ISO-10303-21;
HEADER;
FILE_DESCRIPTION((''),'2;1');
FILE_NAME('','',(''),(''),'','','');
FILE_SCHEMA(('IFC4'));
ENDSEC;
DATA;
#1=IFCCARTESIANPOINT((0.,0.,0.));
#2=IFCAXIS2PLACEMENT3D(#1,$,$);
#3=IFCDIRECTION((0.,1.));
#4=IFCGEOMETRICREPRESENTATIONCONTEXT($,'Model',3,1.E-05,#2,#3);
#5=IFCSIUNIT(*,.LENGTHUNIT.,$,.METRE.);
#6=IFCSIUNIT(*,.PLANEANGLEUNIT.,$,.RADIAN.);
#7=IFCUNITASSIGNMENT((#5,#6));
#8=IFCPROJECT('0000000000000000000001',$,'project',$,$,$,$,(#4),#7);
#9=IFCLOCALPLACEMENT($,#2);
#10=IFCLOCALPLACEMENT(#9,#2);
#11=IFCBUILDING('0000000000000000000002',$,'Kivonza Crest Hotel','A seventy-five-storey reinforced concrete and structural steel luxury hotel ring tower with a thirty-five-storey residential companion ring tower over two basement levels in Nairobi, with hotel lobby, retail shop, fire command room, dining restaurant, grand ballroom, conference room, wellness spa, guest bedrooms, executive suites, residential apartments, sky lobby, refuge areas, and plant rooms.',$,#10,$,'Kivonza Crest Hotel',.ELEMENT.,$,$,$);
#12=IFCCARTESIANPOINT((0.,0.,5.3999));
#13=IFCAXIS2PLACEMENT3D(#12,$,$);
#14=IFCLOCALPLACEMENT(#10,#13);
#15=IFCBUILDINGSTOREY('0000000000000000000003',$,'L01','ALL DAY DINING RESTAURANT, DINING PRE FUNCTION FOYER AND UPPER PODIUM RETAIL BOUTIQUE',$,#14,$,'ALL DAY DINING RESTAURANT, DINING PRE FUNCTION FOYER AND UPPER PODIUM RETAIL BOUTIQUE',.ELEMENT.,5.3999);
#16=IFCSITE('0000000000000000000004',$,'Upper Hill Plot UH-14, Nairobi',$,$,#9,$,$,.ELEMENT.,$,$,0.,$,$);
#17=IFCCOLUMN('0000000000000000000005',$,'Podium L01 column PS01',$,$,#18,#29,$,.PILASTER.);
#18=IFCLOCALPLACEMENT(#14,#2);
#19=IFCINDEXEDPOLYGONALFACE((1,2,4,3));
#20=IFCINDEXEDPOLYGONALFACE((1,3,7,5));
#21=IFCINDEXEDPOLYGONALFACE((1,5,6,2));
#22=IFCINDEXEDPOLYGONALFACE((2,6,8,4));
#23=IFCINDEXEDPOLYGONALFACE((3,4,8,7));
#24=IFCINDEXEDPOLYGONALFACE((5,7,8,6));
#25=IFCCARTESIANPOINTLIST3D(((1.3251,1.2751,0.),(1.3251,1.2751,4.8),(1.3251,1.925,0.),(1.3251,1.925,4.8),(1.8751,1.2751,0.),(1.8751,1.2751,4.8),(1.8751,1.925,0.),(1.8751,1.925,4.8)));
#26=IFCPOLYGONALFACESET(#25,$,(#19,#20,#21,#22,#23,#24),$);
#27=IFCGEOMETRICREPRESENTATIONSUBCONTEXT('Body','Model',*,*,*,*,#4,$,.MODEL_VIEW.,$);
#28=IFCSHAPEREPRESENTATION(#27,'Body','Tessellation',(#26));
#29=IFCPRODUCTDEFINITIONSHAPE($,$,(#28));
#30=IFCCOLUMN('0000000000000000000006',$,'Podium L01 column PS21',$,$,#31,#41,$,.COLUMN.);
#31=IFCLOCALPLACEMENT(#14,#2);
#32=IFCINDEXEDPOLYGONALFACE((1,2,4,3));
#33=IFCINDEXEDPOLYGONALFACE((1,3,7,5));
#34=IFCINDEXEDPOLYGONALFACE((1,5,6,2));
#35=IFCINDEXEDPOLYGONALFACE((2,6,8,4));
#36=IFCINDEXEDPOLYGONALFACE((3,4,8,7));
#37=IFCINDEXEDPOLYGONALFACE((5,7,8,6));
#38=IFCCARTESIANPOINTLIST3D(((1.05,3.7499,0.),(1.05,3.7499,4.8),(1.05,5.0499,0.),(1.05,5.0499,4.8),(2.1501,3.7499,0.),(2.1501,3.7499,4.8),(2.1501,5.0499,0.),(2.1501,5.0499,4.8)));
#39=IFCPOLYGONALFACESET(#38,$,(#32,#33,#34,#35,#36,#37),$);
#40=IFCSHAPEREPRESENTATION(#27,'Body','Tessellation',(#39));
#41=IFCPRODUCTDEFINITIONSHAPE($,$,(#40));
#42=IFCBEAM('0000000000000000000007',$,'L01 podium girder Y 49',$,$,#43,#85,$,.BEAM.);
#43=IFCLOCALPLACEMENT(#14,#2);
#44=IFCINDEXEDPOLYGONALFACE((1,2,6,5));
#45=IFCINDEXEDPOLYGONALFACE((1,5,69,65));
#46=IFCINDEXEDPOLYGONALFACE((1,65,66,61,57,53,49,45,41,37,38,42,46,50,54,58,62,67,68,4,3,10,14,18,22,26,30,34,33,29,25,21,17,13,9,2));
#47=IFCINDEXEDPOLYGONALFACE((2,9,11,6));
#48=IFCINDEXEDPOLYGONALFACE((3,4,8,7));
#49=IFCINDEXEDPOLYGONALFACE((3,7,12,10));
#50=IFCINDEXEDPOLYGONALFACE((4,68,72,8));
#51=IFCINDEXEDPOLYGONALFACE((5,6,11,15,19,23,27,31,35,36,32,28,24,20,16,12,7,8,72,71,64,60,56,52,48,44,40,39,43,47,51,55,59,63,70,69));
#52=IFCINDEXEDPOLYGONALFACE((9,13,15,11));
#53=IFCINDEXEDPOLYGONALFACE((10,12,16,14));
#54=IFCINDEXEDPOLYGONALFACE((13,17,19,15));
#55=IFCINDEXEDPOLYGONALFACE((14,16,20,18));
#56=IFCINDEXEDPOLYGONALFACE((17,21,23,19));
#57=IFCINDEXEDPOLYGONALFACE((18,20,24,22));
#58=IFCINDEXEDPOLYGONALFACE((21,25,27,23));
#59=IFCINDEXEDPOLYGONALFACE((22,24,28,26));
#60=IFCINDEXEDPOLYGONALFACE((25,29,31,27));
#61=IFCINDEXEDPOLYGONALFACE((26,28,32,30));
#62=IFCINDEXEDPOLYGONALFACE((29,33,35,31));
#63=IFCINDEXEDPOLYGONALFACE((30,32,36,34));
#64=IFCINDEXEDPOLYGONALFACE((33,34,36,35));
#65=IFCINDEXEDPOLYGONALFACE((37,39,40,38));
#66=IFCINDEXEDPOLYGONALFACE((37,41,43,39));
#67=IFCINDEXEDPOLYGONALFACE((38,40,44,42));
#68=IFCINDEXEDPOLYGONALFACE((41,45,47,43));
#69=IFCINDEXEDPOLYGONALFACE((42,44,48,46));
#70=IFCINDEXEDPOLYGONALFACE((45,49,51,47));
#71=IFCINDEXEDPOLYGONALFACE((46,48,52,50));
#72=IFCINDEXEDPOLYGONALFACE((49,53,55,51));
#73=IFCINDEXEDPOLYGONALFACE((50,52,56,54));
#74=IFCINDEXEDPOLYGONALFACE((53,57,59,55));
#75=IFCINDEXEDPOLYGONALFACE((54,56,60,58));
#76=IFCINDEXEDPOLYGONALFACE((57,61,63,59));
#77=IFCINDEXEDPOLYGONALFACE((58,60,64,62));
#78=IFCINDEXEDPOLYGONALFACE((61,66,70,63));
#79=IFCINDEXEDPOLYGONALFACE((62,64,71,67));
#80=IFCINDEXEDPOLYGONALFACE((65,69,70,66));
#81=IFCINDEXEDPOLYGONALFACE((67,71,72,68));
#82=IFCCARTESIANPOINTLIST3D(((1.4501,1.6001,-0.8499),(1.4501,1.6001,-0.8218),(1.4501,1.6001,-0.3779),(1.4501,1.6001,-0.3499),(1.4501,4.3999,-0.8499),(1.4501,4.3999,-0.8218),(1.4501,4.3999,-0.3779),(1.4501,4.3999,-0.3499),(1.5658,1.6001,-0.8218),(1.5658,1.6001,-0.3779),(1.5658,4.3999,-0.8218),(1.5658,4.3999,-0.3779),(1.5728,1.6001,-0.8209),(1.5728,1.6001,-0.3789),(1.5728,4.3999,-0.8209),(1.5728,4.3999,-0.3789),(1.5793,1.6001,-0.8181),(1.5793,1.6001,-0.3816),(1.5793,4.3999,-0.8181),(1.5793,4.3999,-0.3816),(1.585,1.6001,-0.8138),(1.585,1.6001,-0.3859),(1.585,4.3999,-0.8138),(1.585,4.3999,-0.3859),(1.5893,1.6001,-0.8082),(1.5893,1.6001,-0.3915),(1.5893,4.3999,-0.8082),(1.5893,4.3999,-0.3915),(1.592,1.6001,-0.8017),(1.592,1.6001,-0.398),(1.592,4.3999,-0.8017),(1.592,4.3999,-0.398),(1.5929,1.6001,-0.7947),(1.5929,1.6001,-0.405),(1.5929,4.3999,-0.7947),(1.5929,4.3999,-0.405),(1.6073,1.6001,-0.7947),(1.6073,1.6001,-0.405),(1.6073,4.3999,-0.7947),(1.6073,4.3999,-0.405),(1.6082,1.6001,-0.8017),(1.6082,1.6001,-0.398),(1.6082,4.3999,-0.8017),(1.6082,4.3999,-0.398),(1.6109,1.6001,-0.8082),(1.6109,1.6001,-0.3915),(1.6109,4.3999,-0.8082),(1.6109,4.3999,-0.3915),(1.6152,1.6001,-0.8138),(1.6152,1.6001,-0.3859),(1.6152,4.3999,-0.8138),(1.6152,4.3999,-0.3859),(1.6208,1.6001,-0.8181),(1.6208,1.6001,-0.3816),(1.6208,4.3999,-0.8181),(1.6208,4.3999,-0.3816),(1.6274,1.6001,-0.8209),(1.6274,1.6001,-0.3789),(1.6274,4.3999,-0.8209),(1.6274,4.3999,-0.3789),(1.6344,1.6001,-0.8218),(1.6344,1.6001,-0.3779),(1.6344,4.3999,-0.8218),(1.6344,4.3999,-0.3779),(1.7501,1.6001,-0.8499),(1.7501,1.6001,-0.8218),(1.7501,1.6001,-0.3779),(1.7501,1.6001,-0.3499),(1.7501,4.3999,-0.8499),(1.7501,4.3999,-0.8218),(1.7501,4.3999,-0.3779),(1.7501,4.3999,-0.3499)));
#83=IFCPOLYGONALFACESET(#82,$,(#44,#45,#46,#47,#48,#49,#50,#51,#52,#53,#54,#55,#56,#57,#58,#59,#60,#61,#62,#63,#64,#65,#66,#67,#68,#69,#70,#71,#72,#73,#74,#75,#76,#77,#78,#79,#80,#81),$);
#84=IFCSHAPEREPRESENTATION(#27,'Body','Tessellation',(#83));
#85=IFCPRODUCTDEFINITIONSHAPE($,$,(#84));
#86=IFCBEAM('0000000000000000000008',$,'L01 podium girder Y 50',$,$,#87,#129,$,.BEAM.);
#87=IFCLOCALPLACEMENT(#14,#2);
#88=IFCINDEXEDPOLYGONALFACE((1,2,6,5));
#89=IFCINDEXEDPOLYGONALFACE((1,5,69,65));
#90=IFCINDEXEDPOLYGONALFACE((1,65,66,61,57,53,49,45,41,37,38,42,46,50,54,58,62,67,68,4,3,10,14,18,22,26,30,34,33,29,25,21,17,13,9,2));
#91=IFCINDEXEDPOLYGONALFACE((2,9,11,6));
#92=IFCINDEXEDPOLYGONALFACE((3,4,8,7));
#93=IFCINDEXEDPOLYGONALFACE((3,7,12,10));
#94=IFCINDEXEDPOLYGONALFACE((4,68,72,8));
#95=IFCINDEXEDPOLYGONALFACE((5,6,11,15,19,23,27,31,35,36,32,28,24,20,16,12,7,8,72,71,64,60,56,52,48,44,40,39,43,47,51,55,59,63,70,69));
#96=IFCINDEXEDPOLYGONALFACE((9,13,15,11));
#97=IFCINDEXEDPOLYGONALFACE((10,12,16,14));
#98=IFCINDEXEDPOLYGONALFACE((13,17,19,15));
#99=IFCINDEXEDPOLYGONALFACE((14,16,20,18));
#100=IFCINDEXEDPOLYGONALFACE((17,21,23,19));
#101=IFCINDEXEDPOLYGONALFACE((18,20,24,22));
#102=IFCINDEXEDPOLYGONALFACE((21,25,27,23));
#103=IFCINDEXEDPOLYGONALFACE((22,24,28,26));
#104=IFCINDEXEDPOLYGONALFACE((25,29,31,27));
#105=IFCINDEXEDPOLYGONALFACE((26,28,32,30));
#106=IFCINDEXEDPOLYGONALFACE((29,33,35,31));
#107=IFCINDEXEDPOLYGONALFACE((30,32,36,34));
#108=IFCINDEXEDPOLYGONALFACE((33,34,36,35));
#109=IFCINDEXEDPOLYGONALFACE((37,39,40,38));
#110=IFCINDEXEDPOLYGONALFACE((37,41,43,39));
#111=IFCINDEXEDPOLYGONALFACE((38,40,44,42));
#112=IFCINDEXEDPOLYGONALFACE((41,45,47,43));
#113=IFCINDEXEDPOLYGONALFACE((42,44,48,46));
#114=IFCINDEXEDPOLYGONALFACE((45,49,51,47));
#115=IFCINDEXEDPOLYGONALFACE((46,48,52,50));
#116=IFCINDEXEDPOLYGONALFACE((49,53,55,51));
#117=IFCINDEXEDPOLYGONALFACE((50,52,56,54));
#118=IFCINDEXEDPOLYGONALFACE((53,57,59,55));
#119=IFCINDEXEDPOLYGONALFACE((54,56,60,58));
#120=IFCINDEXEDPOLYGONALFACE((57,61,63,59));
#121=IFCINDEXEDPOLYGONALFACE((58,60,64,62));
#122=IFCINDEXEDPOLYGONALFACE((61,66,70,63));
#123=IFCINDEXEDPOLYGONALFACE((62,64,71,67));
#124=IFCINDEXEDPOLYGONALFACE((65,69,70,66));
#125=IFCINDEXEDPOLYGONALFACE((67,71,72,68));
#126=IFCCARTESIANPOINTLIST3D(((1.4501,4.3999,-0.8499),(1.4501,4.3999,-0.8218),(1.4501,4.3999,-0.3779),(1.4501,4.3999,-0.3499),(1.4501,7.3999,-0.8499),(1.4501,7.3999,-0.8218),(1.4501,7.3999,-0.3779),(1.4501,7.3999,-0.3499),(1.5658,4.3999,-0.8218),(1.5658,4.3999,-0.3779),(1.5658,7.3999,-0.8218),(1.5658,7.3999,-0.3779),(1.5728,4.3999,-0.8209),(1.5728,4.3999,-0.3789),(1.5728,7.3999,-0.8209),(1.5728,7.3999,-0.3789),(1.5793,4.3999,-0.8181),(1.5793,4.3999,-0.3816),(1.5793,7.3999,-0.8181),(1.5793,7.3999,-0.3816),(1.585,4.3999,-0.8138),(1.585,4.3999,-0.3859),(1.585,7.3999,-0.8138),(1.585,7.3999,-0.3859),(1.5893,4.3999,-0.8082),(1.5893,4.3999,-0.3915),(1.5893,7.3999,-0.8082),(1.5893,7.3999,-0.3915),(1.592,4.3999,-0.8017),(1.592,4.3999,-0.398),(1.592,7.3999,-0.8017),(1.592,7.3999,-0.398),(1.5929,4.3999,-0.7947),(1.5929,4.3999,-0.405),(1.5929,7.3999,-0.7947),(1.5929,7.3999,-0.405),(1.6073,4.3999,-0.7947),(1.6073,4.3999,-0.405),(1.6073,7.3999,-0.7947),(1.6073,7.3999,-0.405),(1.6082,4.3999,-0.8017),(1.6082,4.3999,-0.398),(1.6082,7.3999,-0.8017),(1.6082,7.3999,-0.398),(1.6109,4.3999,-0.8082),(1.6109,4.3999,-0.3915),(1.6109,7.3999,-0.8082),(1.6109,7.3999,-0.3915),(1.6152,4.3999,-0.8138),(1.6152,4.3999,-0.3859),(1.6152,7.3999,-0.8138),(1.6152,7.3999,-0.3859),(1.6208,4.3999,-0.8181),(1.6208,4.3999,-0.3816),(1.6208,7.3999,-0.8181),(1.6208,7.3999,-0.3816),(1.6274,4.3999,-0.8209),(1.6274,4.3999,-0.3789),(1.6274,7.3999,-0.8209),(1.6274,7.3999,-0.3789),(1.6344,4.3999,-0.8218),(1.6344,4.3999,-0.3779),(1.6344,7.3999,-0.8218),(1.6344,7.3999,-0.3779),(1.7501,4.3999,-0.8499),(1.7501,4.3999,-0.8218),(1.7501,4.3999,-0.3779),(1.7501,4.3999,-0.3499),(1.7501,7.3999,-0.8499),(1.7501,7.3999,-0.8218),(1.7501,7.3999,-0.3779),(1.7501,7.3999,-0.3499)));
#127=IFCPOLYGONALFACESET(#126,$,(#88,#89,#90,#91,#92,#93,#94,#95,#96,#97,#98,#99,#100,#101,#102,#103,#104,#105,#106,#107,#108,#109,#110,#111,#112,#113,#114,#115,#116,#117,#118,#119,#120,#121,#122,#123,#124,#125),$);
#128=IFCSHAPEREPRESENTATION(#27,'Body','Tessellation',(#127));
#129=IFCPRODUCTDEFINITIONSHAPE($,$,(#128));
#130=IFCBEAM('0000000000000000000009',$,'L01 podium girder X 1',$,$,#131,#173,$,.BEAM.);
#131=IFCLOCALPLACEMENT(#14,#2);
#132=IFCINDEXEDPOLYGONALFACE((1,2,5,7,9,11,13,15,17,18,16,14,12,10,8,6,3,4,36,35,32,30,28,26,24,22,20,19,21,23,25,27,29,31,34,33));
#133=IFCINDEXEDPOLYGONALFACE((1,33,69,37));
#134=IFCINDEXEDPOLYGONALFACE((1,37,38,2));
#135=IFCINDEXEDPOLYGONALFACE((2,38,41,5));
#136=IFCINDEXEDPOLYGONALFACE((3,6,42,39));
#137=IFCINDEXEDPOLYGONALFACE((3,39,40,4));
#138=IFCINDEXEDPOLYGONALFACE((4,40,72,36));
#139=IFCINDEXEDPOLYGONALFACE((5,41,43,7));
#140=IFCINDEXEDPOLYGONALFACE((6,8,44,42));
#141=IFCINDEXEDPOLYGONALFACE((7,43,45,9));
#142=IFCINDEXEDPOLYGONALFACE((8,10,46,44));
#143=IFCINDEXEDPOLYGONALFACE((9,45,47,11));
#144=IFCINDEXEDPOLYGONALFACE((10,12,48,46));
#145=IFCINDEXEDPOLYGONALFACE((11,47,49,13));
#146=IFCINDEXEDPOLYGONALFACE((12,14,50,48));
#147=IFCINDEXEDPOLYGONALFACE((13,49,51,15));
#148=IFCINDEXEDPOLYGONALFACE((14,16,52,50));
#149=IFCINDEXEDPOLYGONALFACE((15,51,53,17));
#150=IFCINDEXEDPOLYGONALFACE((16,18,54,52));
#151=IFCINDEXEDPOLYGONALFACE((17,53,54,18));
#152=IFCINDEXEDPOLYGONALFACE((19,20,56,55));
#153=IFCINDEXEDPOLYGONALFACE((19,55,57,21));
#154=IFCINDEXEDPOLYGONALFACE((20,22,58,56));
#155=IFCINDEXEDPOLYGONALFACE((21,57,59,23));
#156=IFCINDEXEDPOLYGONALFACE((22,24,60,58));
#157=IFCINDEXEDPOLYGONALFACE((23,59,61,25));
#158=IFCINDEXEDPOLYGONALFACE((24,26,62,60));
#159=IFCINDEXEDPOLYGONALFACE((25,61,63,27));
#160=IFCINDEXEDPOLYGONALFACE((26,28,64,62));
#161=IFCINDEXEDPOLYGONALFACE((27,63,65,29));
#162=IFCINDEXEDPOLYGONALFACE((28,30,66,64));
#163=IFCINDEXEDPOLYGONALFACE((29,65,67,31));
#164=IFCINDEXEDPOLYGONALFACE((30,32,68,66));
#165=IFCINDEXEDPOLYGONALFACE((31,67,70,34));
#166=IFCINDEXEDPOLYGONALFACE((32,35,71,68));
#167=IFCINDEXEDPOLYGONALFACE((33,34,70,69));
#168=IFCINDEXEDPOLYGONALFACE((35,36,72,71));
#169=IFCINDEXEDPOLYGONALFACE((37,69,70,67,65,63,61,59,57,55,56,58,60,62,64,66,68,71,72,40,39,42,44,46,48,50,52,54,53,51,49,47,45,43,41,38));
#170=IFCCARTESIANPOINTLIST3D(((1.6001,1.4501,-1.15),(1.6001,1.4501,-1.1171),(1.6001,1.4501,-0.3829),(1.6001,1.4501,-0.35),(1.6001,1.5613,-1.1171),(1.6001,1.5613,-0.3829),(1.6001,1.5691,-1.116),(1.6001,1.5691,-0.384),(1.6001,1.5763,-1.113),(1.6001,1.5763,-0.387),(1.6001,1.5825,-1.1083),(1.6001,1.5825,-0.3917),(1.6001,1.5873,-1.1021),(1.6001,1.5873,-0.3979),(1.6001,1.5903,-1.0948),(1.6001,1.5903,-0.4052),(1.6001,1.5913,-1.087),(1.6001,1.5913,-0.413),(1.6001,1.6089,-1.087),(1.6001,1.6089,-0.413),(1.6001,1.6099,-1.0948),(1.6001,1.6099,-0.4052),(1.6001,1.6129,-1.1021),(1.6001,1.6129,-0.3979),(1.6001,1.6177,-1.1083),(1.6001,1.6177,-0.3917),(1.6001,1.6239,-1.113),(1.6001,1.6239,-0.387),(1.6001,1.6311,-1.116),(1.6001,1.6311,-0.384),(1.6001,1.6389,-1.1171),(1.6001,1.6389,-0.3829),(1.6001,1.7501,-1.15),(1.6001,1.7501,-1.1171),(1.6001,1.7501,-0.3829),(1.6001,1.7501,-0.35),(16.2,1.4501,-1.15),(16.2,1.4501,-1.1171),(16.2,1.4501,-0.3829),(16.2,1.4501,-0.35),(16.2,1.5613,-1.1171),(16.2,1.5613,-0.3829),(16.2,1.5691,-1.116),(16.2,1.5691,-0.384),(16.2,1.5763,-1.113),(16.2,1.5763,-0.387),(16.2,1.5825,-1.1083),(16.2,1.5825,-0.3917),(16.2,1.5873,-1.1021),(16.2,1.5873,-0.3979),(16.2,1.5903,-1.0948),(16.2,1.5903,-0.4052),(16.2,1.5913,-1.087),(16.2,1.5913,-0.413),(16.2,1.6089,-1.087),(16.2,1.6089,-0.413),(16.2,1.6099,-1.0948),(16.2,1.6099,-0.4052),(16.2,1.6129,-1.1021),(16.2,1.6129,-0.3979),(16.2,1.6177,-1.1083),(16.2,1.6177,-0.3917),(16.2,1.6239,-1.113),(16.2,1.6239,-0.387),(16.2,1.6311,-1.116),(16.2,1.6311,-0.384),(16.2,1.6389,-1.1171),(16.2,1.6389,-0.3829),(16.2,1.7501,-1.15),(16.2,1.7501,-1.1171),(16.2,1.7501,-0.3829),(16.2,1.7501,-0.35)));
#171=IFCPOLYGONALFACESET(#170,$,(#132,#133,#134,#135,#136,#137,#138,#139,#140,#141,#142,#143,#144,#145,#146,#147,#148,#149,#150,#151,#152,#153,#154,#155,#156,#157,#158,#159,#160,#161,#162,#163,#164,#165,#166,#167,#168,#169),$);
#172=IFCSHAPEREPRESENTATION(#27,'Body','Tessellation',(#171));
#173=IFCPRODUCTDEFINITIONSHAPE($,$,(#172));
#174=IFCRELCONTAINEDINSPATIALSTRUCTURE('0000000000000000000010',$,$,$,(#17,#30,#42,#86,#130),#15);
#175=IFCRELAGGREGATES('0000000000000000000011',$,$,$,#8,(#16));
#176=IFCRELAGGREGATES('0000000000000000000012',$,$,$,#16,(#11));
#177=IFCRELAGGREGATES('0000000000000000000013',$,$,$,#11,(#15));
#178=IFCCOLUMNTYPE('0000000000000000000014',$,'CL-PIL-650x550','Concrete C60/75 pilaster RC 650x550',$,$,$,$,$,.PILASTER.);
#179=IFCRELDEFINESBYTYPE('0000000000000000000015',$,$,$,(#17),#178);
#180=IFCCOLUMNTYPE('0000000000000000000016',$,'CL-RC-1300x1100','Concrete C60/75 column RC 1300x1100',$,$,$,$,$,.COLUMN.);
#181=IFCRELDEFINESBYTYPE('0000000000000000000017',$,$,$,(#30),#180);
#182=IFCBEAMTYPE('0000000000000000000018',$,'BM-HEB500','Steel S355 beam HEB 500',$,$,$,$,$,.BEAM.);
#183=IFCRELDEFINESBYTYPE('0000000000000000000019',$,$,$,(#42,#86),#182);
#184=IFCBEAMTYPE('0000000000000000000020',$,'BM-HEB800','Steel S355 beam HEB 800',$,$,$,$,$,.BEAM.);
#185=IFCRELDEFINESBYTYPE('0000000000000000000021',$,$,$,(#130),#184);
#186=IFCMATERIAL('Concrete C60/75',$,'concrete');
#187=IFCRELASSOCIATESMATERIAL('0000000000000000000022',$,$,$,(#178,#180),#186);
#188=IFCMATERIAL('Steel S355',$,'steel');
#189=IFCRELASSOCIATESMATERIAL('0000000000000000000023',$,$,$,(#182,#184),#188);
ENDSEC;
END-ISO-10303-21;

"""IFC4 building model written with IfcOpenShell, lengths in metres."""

from ifc_helpers import new_model, si_unit, direction, frame, origin, origin_2d, place, context, subcontext, project, spatial, rectangle, i_section, extrude, material, material_profile, profile_set, type_object, element, save


model = new_model("IFC4")

# Units and contexts
model_context = context("Model", 3, precision=1e-05, world=origin(), true_north=direction((0.0, 1.0)))
body_context = subcontext(model_context, "Body", "Model", "MODEL_VIEW")
ifc_project = project(units=[si_unit("LENGTHUNIT", "METRE"), si_unit("PLANEANGLEUNIT", "RADIAN")], contexts=[model_context])

# Site, building, storey
site_placement = place(None, origin())
site = spatial("IfcSite", under=ifc_project, at=site_placement, Name="Upper Hill Plot UH-14, Nairobi", CompositionType="ELEMENT", RefElevation=0.0)
building_placement = place(site_placement, origin())
building = spatial("IfcBuilding", under=site, at=building_placement, Name="Kivonza Crest Hotel", Description="A seventy-five-storey reinforced concrete and structural steel luxury hotel ring tower with a thirty-five-storey residential companion ring tower over two basement levels in Nairobi, with hotel lobby, retail shop, fire command room, dining restaurant, grand ballroom, conference room, wellness spa, guest bedrooms, executive suites, residential apartments, sky lobby, refuge areas, and plant rooms.", LongName="Kivonza Crest Hotel", CompositionType="ELEMENT")
storey_placement = place(building_placement, frame((0.0, 0.0, 5.3999)))
storey = spatial("IfcBuildingStorey", under=building, at=storey_placement, Name="L01", Description="ALL DAY DINING RESTAURANT, DINING PRE FUNCTION FOYER AND UPPER PODIUM RETAIL BOUTIQUE", LongName="ALL DAY DINING RESTAURANT, DINING PRE FUNCTION FOYER AND UPPER PODIUM RETAIL BOUTIQUE", CompositionType="ELEMENT", Elevation=5.3999)

# Columns
ifc_material_1 = material(Name="Concrete C60/75", Category="concrete")
ifc_material_profile_1 = material_profile(ifc_material_1, rectangle(XDim=0.55, YDim=0.6499, at=origin_2d()), Name="RC 650x550")
ifc_profile_set_1 = profile_set([ifc_material_profile_1], Name="Concrete C60/75")
column_type_1 = type_object("IfcColumnType", Name="CL-PIL-650x550", Description="Concrete C60/75 pilaster RC 650x550", PredefinedType="PILASTER", material=ifc_profile_set_1)
column_1_placement = place(storey_placement, frame((1.6001, 1.6001, 0.0), z_axis=(0.0, 0.0, 1.0), x_axis=(1.0, 0.0, 0.0)))
element("IfcColumn", 1, at=column_1_placement, inside=storey, type_object=column_type_1, Name="Podium L01 column PS01", PredefinedType="PILASTER", context=body_context, shape_type="SweptSolid", body=[
    extrude(rectangle(XDim=0.55, YDim=0.6499, at=origin_2d()), origin(), (0.0, 0.0, 1.0), 4.8),
])
ifc_material_profile_2 = material_profile(ifc_material_1, rectangle(XDim=1.1001, YDim=1.3, at=origin_2d()), Name="RC 1300x1100")
ifc_profile_set_2 = profile_set([ifc_material_profile_2], Name="Concrete C60/75")
column_type_2 = type_object("IfcColumnType", Name="CL-RC-1300x1100", Description="Concrete C60/75 column RC 1300x1100", PredefinedType="COLUMN", material=ifc_profile_set_2)
column_2_placement = place(storey_placement, frame((1.6001, 4.3999, 0.0), z_axis=(0.0, 0.0, 1.0), x_axis=(1.0, 0.0, 0.0)))
element("IfcColumn", 2, at=column_2_placement, inside=storey, type_object=column_type_2, Name="Podium L01 column PS21", PredefinedType="COLUMN", context=body_context, shape_type="SweptSolid", body=[
    extrude(rectangle(XDim=1.1001, YDim=1.3, at=origin_2d()), origin(), (0.0, 0.0, 1.0), 4.8),
])

# Beams
ifc_material_2 = material(Name="Steel S355", Category="steel")
ifc_material_profile_3 = material_profile(ifc_material_2, i_section(OverallWidth=0.3, OverallDepth=0.5, WebThickness=0.0144, FlangeThickness=0.0281, FilletRadius=0.0271, at=origin_2d()), Name="HEB 500")
ifc_profile_set_3 = profile_set([ifc_material_profile_3], Name="Steel S355")
beam_type_1 = type_object("IfcBeamType", Name="BM-HEB500", Description="Steel S355 beam HEB 500", PredefinedType="BEAM", material=ifc_profile_set_3)
beam_1_placement = place(storey_placement, frame((1.6001, 1.6001, -0.5999), z_axis=(0.0, 1.0, 0.0), x_axis=(-1.0, 0.0, 0.0)))
element("IfcBeam", 3, at=beam_1_placement, inside=storey, type_object=beam_type_1, Name="L01 podium girder Y 49", PredefinedType="BEAM", context=body_context, shape_type="SweptSolid", body=[
    extrude(i_section(OverallWidth=0.3, OverallDepth=0.5, WebThickness=0.0144, FlangeThickness=0.0281, FilletRadius=0.0271, at=origin_2d()), origin(), (0.0, 0.0, 1.0), 2.7998),
])
beam_2_placement = place(storey_placement, frame((1.6001, 4.3999, -0.5999), z_axis=(0.0, 1.0, 0.0), x_axis=(-1.0, 0.0, 0.0)))
element("IfcBeam", 4, at=beam_2_placement, inside=storey, type_object=beam_type_1, Name="L01 podium girder Y 50", PredefinedType="BEAM", context=body_context, shape_type="SweptSolid", body=[
    extrude(i_section(OverallWidth=0.3, OverallDepth=0.5, WebThickness=0.0144, FlangeThickness=0.0281, FilletRadius=0.0271, at=origin_2d()), origin(), (0.0, 0.0, 1.0), 3.0),
])
ifc_material_profile_4 = material_profile(ifc_material_2, i_section(OverallWidth=0.3, OverallDepth=0.8, WebThickness=0.0176, FlangeThickness=0.033, FilletRadius=0.03, at=origin_2d()), Name="HEB 800")
ifc_profile_set_4 = profile_set([ifc_material_profile_4], Name="Steel S355")
beam_type_2 = type_object("IfcBeamType", Name="BM-HEB800", Description="Steel S355 beam HEB 800", PredefinedType="BEAM", material=ifc_profile_set_4)
for number, where, z_axis, x_axis, name in (
    (5, (1.6001, 1.6001, -0.75), (1.0, 0.0, 0.0), (0.0, 1.0, 0.0), "L01 podium girder X 1"),
):
    element("IfcBeam", number, at=place(storey_placement, frame(where, z_axis=z_axis, x_axis=x_axis)), inside=storey, type_object=beam_type_2, Name=name, PredefinedType="BEAM", context=body_context, shape_type="SweptSolid", body=[
        extrude(i_section(OverallWidth=0.3, OverallDepth=0.8, WebThickness=0.0176, FlangeThickness=0.033, FilletRadius=0.03, at=origin_2d()), origin(), (0.0, 0.0, 1.0), 14.5999),
    ])

save(model, "model.ifc")
